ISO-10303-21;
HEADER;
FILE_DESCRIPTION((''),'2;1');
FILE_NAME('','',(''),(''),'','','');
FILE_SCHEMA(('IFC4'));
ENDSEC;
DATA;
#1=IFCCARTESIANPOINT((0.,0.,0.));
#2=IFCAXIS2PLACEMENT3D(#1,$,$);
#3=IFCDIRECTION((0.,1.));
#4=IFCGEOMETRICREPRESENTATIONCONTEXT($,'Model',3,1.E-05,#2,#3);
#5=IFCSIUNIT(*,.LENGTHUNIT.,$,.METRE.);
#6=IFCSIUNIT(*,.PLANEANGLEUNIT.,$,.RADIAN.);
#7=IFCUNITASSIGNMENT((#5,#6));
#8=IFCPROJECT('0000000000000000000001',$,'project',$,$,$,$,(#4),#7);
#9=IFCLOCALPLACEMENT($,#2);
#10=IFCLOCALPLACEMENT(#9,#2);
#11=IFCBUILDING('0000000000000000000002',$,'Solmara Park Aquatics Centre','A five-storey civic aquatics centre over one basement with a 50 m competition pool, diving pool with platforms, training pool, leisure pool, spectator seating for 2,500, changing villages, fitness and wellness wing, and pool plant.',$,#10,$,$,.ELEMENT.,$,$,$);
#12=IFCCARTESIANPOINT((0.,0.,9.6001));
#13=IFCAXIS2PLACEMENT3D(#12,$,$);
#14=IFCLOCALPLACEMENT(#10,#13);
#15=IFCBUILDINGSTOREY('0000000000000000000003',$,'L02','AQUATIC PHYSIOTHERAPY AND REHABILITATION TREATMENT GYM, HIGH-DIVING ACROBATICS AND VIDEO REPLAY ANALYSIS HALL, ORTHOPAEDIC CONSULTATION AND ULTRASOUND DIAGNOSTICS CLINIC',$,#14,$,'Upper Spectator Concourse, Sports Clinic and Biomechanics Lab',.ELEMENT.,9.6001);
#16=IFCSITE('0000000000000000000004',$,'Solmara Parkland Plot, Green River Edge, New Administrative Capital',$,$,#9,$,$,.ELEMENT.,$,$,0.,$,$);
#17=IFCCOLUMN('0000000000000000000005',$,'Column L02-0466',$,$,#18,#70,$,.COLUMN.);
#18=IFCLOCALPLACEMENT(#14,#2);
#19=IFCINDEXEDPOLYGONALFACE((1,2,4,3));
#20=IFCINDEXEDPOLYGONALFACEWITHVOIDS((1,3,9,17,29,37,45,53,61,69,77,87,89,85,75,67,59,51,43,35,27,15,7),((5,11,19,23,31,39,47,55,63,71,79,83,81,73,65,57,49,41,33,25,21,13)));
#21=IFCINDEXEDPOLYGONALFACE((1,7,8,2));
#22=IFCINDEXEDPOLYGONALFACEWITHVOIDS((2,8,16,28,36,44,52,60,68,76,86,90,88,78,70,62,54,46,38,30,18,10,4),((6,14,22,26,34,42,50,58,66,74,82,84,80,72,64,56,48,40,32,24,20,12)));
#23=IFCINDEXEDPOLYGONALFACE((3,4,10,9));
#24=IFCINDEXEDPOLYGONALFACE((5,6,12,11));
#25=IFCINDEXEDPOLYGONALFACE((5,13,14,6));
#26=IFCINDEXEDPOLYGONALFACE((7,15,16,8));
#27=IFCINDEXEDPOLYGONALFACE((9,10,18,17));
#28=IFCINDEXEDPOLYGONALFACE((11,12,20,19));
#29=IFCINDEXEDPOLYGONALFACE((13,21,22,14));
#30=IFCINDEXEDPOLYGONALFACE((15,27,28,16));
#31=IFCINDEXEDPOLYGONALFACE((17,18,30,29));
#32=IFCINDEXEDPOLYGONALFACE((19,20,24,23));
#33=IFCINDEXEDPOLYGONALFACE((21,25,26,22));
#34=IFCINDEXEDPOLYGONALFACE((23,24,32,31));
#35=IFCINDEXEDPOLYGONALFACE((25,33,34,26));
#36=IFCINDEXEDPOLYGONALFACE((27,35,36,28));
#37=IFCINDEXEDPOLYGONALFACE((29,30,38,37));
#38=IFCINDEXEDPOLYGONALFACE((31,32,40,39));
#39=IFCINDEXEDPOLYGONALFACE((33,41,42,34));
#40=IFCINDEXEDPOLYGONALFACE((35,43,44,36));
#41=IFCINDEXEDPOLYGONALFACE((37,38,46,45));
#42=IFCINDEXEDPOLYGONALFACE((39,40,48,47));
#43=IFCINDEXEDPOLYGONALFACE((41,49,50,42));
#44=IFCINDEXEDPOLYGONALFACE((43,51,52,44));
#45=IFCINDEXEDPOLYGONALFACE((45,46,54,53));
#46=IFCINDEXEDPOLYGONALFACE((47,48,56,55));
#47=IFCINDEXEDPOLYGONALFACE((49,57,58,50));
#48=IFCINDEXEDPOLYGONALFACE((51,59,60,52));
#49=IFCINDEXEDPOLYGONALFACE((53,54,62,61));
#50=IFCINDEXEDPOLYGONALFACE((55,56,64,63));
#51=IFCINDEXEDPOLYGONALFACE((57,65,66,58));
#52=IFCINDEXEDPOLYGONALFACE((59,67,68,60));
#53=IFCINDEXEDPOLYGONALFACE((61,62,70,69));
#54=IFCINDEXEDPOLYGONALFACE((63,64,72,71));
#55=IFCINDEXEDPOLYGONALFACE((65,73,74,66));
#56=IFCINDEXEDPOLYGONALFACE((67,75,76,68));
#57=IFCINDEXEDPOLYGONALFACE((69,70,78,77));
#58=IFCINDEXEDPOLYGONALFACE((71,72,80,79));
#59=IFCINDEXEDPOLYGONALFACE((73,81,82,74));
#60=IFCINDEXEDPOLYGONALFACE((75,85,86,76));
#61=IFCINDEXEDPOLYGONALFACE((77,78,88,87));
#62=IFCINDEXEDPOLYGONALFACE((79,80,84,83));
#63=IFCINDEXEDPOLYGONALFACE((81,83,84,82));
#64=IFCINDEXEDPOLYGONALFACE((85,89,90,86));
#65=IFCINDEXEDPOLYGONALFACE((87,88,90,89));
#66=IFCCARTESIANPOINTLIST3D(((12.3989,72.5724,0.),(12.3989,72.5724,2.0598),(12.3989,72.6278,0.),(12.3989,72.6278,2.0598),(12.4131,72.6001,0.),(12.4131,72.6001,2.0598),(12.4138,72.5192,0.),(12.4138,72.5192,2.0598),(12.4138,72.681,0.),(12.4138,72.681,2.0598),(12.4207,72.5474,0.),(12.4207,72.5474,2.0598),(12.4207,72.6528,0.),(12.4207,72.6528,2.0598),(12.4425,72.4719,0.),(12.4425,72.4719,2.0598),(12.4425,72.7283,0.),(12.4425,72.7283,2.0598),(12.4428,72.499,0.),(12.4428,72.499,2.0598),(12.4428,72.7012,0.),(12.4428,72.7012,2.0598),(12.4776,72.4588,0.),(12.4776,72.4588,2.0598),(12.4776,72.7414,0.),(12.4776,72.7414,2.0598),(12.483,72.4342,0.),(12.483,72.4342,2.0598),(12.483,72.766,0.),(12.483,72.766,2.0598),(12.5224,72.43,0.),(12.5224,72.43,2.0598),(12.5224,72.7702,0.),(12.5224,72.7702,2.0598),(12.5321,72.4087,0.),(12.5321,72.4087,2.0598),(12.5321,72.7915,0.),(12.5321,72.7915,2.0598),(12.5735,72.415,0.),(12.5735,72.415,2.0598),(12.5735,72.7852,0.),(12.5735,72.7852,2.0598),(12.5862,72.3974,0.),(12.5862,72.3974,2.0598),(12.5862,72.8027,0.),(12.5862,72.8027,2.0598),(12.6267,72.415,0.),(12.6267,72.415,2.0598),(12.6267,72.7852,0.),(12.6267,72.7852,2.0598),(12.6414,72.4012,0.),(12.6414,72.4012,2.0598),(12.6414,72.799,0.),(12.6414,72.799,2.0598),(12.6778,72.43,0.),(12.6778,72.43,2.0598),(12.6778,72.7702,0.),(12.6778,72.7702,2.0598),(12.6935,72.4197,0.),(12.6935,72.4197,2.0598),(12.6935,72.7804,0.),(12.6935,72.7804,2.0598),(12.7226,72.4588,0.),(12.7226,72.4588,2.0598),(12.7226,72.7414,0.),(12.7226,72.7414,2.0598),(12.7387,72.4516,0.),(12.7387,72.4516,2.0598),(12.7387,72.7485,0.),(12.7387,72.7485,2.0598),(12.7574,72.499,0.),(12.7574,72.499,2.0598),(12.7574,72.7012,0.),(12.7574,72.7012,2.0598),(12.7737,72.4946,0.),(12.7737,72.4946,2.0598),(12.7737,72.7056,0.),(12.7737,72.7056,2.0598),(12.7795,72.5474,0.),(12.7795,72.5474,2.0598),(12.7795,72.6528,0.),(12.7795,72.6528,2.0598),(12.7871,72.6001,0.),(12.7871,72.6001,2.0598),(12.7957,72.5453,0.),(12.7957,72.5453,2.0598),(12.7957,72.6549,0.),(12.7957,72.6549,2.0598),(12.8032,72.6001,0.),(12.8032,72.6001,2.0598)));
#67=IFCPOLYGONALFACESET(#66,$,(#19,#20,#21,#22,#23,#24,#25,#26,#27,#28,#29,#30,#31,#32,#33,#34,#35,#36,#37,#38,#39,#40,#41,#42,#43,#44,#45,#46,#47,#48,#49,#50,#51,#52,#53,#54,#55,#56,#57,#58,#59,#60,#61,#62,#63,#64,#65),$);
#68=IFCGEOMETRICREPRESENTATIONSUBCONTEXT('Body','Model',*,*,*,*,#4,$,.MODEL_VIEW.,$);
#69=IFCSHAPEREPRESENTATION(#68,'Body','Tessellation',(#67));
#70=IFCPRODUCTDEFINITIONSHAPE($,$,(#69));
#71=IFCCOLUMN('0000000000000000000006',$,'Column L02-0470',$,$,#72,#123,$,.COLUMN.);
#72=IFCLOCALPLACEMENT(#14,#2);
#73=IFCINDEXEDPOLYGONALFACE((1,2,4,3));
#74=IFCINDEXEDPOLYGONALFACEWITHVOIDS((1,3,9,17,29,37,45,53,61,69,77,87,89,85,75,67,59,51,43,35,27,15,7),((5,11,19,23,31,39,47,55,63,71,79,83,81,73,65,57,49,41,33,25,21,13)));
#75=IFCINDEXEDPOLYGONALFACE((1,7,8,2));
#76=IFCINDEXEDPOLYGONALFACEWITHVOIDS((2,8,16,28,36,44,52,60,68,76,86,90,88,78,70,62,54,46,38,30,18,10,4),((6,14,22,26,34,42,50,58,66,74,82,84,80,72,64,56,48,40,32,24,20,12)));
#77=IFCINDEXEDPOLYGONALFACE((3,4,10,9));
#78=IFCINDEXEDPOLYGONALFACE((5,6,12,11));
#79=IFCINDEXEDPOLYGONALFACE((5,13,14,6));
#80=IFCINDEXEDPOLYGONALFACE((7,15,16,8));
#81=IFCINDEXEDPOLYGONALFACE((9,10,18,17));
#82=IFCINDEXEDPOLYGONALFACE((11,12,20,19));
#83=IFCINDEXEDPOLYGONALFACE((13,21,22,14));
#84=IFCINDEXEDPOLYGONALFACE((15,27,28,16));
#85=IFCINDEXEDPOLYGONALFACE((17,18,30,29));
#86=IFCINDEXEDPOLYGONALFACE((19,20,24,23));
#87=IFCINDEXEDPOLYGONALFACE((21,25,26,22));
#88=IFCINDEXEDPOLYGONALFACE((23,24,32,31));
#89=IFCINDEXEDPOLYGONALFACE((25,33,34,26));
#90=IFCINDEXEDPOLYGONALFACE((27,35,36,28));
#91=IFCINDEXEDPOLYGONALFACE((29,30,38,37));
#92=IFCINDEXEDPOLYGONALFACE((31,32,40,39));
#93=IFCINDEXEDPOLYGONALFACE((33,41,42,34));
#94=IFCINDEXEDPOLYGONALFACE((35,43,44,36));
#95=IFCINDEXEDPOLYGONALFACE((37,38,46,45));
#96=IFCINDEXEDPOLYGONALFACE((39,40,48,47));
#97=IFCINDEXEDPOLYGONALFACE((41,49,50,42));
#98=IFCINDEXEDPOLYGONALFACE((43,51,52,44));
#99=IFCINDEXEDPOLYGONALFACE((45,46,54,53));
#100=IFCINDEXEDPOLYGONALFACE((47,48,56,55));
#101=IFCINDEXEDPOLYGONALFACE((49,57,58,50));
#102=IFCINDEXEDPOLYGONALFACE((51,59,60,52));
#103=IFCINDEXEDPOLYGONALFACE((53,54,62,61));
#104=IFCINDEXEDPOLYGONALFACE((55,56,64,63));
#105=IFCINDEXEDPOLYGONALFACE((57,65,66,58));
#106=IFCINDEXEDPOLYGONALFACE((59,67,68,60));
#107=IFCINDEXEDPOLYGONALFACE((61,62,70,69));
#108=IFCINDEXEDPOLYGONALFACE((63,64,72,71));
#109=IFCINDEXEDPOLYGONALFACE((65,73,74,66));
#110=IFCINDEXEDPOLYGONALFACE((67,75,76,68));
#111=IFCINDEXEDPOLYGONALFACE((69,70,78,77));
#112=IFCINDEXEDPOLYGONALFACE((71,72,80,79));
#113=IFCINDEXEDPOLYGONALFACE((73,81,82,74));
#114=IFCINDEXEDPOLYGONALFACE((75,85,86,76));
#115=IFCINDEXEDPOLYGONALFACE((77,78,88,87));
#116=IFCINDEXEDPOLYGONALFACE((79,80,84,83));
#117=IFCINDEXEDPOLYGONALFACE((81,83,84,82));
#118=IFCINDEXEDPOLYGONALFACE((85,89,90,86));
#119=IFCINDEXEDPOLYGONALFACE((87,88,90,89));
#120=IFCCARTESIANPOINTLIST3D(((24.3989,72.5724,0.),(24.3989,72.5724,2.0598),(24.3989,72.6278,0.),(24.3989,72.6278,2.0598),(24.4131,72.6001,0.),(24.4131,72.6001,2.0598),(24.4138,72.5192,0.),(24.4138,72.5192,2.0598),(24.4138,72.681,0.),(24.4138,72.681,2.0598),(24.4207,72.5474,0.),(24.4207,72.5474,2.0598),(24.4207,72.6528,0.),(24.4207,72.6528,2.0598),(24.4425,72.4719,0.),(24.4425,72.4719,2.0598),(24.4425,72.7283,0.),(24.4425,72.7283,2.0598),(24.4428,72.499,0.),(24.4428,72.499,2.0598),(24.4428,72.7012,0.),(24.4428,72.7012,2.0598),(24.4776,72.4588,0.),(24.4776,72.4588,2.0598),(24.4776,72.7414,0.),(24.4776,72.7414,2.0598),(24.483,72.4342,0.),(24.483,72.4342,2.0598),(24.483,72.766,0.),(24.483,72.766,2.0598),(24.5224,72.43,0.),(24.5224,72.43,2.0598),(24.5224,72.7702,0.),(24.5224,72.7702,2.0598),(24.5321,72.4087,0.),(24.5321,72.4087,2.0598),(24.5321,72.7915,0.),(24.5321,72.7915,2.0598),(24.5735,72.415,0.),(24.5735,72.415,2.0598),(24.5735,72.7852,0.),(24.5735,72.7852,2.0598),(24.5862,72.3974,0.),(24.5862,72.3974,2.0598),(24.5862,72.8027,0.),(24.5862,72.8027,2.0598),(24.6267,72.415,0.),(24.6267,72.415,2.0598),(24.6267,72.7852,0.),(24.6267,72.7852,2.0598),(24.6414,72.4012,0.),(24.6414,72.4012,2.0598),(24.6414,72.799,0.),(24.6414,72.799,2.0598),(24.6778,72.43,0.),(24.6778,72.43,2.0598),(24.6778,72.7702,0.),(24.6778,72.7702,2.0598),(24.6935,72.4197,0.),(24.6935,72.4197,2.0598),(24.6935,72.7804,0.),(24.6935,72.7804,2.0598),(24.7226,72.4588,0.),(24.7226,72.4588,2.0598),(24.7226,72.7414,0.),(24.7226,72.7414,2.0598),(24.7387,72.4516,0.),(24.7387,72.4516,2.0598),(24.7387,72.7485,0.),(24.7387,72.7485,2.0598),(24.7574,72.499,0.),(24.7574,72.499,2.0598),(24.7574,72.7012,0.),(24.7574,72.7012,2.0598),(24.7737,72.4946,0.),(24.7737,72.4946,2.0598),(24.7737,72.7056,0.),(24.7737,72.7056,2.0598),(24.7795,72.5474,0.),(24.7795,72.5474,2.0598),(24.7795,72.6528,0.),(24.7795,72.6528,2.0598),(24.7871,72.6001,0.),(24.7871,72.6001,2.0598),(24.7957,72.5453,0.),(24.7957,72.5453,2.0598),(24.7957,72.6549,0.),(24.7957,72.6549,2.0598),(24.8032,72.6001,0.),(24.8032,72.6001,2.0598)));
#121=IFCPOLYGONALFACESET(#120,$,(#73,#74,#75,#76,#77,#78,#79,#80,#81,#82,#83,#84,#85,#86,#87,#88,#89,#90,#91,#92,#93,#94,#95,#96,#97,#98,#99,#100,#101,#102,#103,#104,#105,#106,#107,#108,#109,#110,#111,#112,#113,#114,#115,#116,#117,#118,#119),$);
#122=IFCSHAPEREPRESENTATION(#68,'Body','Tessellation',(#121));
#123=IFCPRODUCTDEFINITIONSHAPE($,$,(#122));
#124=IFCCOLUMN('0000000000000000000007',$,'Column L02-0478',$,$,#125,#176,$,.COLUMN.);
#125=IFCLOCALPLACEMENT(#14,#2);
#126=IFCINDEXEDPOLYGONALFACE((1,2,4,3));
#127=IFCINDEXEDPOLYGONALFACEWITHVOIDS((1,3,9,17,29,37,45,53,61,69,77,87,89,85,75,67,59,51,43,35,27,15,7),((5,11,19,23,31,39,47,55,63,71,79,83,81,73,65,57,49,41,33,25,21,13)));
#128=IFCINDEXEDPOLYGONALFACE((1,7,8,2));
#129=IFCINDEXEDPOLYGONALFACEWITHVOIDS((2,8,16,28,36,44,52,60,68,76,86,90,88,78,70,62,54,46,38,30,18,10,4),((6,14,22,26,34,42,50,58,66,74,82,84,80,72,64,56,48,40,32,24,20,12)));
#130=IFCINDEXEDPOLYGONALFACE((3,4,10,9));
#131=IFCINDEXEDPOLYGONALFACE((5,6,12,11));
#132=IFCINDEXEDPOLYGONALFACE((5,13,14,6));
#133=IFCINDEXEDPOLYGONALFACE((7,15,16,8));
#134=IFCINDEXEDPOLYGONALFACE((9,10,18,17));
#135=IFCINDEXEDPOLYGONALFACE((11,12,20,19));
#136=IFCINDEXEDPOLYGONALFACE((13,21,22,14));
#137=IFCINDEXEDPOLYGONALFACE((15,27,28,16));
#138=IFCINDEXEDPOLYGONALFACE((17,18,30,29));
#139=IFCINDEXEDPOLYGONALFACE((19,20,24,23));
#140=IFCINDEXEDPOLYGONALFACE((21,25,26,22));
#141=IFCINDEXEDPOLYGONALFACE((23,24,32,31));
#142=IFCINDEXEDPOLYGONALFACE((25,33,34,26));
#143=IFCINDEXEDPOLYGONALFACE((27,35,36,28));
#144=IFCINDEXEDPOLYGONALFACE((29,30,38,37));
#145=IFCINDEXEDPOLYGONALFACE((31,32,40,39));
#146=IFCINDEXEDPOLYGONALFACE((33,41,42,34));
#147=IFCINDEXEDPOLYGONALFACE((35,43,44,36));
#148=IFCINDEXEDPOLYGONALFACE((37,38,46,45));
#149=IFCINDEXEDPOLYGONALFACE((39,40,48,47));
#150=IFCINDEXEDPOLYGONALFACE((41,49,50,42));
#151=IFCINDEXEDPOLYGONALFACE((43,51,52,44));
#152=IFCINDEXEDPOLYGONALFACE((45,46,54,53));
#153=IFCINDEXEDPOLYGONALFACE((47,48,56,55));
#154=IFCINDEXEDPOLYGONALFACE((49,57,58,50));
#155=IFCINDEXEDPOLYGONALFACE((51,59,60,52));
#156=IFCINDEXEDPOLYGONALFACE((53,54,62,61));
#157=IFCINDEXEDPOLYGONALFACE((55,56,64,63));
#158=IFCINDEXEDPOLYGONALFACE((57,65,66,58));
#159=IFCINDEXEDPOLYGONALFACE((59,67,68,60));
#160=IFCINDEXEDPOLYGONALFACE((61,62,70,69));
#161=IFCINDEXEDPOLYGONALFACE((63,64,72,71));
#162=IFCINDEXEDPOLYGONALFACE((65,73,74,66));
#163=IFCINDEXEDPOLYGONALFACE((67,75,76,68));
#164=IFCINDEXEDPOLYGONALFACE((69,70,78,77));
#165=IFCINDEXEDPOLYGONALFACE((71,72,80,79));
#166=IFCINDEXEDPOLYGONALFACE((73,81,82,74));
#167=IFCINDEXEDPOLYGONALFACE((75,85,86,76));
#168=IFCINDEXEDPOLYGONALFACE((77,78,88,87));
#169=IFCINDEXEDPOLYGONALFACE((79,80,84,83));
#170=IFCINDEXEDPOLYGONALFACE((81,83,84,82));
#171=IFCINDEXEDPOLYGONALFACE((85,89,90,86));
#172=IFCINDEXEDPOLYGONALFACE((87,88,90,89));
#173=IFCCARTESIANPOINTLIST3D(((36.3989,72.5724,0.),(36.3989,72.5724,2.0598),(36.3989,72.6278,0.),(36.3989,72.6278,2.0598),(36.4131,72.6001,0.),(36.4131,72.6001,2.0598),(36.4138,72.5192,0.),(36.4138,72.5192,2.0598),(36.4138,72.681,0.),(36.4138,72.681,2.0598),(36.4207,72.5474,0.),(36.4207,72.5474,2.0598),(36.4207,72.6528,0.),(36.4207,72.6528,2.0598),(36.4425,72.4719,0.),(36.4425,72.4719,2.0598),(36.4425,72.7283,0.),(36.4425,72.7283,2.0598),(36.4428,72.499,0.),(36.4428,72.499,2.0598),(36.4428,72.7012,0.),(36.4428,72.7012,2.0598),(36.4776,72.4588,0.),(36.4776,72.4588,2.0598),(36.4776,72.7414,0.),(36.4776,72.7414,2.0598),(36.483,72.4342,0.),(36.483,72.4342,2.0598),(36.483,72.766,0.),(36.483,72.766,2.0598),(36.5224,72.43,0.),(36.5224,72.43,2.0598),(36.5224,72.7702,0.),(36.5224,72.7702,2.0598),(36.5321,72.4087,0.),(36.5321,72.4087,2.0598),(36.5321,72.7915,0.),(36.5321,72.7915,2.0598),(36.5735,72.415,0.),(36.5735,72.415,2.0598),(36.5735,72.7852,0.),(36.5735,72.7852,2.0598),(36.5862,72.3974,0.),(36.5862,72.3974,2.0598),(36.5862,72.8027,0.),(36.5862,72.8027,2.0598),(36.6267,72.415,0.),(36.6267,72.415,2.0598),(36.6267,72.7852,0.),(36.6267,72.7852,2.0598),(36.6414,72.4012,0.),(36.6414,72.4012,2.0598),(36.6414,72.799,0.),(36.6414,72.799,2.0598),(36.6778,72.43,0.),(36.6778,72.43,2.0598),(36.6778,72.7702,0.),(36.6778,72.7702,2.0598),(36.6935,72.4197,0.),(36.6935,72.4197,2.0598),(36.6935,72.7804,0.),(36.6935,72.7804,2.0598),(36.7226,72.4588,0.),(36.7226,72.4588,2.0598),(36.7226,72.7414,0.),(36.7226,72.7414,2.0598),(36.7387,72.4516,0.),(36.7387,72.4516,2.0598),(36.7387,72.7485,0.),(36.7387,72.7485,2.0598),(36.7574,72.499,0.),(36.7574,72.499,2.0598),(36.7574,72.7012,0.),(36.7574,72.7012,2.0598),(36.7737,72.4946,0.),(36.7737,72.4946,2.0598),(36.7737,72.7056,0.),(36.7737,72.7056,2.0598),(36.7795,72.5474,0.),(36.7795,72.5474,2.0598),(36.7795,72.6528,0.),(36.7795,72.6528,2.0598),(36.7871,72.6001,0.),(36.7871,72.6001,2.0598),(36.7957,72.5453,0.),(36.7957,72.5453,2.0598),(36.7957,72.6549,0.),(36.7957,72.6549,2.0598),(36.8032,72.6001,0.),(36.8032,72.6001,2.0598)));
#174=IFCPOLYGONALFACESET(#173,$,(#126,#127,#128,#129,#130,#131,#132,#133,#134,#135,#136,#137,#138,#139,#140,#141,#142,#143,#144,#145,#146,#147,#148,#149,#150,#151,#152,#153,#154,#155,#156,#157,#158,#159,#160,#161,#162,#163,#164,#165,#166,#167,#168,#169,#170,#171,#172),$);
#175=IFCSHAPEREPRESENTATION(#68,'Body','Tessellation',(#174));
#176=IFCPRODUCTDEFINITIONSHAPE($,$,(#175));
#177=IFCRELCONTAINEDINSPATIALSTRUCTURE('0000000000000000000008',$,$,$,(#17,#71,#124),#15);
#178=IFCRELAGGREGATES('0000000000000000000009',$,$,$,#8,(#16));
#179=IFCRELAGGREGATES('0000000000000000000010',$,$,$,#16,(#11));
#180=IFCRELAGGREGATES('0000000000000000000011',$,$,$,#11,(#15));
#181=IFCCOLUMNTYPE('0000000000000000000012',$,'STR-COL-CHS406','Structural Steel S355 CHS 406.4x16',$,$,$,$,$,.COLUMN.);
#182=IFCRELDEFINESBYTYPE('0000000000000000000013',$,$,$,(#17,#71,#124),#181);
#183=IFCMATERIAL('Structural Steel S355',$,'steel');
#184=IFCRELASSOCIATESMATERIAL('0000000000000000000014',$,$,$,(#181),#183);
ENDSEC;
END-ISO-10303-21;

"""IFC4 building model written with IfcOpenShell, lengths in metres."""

from ifc_helpers import new_model, si_unit, direction, frame, origin, origin_2d, place, context, subcontext, project, spatial, hollow_circle, extrude, material, material_profile, profile_set, type_object, element, save


model = new_model("IFC4")

# Units and contexts
model_context = context("Model", 3, precision=1e-05, world=origin(), true_north=direction((0.0, 1.0)))
body_context = subcontext(model_context, "Body", "Model", "MODEL_VIEW")
ifc_project = project(units=[si_unit("LENGTHUNIT", "METRE"), si_unit("PLANEANGLEUNIT", "RADIAN")], contexts=[model_context])

# Site, building, storey
site_placement = place(None, origin())
site = spatial("IfcSite", under=ifc_project, at=site_placement, Name="Solmara Parkland Plot, Green River Edge, New Administrative Capital", CompositionType="ELEMENT", RefElevation=0.0)
building_placement = place(site_placement, origin())
building = spatial("IfcBuilding", under=site, at=building_placement, Name="Solmara Park Aquatics Centre", Description="A five-storey civic aquatics centre over one basement with a 50 m competition pool, diving pool with platforms, training pool, leisure pool, spectator seating for 2,500, changing villages, fitness and wellness wing, and pool plant.", CompositionType="ELEMENT")
storey_placement = place(building_placement, frame((0.0, 0.0, 9.6001)))
storey = spatial("IfcBuildingStorey", under=building, at=storey_placement, Name="L02", Description="AQUATIC PHYSIOTHERAPY AND REHABILITATION TREATMENT GYM, HIGH-DIVING ACROBATICS AND VIDEO REPLAY ANALYSIS HALL, ORTHOPAEDIC CONSULTATION AND ULTRASOUND DIAGNOSTICS CLINIC", LongName="Upper Spectator Concourse, Sports Clinic and Biomechanics Lab", CompositionType="ELEMENT", Elevation=9.6001)

# Columns
ifc_material_1 = material(Name="Structural Steel S355", Category="steel")
ifc_material_profile_1 = material_profile(ifc_material_1, hollow_circle(Radius=0.2031, WallThickness=0.0161, at=origin_2d()), Name="CHS 406.4x16")
ifc_profile_set_1 = profile_set([ifc_material_profile_1], Name="Structural Steel S355")
column_type = type_object("IfcColumnType", Name="STR-COL-CHS406", Description="Structural Steel S355 CHS 406.4x16", PredefinedType="COLUMN", material=ifc_profile_set_1)
for number, where, z_axis, x_axis, name in (
    (1, (12.6001, 72.6001, 0.0), (0.0, 0.0, 1.0), (1.0, 0.0, 0.0), "Column L02-0466"),
    (2, (24.6001, 72.6001, 0.0), (0.0, 0.0, 1.0), (1.0, 0.0, 0.0), "Column L02-0470"),
    (3, (36.6001, 72.6001, 0.0), (0.0, 0.0, 1.0), (1.0, 0.0, 0.0), "Column L02-0478"),
):
    element("IfcColumn", number, at=place(storey_placement, frame(where, z_axis=z_axis, x_axis=x_axis)), inside=storey, type_object=column_type, Name=name, PredefinedType="COLUMN", context=body_context, shape_type="SweptSolid", body=[
        extrude(hollow_circle(Radius=0.2031, WallThickness=0.0161, at=origin_2d()), origin(), (0.0, 0.0, 1.0), 2.0598),
    ])

save(model, "model.ifc")
